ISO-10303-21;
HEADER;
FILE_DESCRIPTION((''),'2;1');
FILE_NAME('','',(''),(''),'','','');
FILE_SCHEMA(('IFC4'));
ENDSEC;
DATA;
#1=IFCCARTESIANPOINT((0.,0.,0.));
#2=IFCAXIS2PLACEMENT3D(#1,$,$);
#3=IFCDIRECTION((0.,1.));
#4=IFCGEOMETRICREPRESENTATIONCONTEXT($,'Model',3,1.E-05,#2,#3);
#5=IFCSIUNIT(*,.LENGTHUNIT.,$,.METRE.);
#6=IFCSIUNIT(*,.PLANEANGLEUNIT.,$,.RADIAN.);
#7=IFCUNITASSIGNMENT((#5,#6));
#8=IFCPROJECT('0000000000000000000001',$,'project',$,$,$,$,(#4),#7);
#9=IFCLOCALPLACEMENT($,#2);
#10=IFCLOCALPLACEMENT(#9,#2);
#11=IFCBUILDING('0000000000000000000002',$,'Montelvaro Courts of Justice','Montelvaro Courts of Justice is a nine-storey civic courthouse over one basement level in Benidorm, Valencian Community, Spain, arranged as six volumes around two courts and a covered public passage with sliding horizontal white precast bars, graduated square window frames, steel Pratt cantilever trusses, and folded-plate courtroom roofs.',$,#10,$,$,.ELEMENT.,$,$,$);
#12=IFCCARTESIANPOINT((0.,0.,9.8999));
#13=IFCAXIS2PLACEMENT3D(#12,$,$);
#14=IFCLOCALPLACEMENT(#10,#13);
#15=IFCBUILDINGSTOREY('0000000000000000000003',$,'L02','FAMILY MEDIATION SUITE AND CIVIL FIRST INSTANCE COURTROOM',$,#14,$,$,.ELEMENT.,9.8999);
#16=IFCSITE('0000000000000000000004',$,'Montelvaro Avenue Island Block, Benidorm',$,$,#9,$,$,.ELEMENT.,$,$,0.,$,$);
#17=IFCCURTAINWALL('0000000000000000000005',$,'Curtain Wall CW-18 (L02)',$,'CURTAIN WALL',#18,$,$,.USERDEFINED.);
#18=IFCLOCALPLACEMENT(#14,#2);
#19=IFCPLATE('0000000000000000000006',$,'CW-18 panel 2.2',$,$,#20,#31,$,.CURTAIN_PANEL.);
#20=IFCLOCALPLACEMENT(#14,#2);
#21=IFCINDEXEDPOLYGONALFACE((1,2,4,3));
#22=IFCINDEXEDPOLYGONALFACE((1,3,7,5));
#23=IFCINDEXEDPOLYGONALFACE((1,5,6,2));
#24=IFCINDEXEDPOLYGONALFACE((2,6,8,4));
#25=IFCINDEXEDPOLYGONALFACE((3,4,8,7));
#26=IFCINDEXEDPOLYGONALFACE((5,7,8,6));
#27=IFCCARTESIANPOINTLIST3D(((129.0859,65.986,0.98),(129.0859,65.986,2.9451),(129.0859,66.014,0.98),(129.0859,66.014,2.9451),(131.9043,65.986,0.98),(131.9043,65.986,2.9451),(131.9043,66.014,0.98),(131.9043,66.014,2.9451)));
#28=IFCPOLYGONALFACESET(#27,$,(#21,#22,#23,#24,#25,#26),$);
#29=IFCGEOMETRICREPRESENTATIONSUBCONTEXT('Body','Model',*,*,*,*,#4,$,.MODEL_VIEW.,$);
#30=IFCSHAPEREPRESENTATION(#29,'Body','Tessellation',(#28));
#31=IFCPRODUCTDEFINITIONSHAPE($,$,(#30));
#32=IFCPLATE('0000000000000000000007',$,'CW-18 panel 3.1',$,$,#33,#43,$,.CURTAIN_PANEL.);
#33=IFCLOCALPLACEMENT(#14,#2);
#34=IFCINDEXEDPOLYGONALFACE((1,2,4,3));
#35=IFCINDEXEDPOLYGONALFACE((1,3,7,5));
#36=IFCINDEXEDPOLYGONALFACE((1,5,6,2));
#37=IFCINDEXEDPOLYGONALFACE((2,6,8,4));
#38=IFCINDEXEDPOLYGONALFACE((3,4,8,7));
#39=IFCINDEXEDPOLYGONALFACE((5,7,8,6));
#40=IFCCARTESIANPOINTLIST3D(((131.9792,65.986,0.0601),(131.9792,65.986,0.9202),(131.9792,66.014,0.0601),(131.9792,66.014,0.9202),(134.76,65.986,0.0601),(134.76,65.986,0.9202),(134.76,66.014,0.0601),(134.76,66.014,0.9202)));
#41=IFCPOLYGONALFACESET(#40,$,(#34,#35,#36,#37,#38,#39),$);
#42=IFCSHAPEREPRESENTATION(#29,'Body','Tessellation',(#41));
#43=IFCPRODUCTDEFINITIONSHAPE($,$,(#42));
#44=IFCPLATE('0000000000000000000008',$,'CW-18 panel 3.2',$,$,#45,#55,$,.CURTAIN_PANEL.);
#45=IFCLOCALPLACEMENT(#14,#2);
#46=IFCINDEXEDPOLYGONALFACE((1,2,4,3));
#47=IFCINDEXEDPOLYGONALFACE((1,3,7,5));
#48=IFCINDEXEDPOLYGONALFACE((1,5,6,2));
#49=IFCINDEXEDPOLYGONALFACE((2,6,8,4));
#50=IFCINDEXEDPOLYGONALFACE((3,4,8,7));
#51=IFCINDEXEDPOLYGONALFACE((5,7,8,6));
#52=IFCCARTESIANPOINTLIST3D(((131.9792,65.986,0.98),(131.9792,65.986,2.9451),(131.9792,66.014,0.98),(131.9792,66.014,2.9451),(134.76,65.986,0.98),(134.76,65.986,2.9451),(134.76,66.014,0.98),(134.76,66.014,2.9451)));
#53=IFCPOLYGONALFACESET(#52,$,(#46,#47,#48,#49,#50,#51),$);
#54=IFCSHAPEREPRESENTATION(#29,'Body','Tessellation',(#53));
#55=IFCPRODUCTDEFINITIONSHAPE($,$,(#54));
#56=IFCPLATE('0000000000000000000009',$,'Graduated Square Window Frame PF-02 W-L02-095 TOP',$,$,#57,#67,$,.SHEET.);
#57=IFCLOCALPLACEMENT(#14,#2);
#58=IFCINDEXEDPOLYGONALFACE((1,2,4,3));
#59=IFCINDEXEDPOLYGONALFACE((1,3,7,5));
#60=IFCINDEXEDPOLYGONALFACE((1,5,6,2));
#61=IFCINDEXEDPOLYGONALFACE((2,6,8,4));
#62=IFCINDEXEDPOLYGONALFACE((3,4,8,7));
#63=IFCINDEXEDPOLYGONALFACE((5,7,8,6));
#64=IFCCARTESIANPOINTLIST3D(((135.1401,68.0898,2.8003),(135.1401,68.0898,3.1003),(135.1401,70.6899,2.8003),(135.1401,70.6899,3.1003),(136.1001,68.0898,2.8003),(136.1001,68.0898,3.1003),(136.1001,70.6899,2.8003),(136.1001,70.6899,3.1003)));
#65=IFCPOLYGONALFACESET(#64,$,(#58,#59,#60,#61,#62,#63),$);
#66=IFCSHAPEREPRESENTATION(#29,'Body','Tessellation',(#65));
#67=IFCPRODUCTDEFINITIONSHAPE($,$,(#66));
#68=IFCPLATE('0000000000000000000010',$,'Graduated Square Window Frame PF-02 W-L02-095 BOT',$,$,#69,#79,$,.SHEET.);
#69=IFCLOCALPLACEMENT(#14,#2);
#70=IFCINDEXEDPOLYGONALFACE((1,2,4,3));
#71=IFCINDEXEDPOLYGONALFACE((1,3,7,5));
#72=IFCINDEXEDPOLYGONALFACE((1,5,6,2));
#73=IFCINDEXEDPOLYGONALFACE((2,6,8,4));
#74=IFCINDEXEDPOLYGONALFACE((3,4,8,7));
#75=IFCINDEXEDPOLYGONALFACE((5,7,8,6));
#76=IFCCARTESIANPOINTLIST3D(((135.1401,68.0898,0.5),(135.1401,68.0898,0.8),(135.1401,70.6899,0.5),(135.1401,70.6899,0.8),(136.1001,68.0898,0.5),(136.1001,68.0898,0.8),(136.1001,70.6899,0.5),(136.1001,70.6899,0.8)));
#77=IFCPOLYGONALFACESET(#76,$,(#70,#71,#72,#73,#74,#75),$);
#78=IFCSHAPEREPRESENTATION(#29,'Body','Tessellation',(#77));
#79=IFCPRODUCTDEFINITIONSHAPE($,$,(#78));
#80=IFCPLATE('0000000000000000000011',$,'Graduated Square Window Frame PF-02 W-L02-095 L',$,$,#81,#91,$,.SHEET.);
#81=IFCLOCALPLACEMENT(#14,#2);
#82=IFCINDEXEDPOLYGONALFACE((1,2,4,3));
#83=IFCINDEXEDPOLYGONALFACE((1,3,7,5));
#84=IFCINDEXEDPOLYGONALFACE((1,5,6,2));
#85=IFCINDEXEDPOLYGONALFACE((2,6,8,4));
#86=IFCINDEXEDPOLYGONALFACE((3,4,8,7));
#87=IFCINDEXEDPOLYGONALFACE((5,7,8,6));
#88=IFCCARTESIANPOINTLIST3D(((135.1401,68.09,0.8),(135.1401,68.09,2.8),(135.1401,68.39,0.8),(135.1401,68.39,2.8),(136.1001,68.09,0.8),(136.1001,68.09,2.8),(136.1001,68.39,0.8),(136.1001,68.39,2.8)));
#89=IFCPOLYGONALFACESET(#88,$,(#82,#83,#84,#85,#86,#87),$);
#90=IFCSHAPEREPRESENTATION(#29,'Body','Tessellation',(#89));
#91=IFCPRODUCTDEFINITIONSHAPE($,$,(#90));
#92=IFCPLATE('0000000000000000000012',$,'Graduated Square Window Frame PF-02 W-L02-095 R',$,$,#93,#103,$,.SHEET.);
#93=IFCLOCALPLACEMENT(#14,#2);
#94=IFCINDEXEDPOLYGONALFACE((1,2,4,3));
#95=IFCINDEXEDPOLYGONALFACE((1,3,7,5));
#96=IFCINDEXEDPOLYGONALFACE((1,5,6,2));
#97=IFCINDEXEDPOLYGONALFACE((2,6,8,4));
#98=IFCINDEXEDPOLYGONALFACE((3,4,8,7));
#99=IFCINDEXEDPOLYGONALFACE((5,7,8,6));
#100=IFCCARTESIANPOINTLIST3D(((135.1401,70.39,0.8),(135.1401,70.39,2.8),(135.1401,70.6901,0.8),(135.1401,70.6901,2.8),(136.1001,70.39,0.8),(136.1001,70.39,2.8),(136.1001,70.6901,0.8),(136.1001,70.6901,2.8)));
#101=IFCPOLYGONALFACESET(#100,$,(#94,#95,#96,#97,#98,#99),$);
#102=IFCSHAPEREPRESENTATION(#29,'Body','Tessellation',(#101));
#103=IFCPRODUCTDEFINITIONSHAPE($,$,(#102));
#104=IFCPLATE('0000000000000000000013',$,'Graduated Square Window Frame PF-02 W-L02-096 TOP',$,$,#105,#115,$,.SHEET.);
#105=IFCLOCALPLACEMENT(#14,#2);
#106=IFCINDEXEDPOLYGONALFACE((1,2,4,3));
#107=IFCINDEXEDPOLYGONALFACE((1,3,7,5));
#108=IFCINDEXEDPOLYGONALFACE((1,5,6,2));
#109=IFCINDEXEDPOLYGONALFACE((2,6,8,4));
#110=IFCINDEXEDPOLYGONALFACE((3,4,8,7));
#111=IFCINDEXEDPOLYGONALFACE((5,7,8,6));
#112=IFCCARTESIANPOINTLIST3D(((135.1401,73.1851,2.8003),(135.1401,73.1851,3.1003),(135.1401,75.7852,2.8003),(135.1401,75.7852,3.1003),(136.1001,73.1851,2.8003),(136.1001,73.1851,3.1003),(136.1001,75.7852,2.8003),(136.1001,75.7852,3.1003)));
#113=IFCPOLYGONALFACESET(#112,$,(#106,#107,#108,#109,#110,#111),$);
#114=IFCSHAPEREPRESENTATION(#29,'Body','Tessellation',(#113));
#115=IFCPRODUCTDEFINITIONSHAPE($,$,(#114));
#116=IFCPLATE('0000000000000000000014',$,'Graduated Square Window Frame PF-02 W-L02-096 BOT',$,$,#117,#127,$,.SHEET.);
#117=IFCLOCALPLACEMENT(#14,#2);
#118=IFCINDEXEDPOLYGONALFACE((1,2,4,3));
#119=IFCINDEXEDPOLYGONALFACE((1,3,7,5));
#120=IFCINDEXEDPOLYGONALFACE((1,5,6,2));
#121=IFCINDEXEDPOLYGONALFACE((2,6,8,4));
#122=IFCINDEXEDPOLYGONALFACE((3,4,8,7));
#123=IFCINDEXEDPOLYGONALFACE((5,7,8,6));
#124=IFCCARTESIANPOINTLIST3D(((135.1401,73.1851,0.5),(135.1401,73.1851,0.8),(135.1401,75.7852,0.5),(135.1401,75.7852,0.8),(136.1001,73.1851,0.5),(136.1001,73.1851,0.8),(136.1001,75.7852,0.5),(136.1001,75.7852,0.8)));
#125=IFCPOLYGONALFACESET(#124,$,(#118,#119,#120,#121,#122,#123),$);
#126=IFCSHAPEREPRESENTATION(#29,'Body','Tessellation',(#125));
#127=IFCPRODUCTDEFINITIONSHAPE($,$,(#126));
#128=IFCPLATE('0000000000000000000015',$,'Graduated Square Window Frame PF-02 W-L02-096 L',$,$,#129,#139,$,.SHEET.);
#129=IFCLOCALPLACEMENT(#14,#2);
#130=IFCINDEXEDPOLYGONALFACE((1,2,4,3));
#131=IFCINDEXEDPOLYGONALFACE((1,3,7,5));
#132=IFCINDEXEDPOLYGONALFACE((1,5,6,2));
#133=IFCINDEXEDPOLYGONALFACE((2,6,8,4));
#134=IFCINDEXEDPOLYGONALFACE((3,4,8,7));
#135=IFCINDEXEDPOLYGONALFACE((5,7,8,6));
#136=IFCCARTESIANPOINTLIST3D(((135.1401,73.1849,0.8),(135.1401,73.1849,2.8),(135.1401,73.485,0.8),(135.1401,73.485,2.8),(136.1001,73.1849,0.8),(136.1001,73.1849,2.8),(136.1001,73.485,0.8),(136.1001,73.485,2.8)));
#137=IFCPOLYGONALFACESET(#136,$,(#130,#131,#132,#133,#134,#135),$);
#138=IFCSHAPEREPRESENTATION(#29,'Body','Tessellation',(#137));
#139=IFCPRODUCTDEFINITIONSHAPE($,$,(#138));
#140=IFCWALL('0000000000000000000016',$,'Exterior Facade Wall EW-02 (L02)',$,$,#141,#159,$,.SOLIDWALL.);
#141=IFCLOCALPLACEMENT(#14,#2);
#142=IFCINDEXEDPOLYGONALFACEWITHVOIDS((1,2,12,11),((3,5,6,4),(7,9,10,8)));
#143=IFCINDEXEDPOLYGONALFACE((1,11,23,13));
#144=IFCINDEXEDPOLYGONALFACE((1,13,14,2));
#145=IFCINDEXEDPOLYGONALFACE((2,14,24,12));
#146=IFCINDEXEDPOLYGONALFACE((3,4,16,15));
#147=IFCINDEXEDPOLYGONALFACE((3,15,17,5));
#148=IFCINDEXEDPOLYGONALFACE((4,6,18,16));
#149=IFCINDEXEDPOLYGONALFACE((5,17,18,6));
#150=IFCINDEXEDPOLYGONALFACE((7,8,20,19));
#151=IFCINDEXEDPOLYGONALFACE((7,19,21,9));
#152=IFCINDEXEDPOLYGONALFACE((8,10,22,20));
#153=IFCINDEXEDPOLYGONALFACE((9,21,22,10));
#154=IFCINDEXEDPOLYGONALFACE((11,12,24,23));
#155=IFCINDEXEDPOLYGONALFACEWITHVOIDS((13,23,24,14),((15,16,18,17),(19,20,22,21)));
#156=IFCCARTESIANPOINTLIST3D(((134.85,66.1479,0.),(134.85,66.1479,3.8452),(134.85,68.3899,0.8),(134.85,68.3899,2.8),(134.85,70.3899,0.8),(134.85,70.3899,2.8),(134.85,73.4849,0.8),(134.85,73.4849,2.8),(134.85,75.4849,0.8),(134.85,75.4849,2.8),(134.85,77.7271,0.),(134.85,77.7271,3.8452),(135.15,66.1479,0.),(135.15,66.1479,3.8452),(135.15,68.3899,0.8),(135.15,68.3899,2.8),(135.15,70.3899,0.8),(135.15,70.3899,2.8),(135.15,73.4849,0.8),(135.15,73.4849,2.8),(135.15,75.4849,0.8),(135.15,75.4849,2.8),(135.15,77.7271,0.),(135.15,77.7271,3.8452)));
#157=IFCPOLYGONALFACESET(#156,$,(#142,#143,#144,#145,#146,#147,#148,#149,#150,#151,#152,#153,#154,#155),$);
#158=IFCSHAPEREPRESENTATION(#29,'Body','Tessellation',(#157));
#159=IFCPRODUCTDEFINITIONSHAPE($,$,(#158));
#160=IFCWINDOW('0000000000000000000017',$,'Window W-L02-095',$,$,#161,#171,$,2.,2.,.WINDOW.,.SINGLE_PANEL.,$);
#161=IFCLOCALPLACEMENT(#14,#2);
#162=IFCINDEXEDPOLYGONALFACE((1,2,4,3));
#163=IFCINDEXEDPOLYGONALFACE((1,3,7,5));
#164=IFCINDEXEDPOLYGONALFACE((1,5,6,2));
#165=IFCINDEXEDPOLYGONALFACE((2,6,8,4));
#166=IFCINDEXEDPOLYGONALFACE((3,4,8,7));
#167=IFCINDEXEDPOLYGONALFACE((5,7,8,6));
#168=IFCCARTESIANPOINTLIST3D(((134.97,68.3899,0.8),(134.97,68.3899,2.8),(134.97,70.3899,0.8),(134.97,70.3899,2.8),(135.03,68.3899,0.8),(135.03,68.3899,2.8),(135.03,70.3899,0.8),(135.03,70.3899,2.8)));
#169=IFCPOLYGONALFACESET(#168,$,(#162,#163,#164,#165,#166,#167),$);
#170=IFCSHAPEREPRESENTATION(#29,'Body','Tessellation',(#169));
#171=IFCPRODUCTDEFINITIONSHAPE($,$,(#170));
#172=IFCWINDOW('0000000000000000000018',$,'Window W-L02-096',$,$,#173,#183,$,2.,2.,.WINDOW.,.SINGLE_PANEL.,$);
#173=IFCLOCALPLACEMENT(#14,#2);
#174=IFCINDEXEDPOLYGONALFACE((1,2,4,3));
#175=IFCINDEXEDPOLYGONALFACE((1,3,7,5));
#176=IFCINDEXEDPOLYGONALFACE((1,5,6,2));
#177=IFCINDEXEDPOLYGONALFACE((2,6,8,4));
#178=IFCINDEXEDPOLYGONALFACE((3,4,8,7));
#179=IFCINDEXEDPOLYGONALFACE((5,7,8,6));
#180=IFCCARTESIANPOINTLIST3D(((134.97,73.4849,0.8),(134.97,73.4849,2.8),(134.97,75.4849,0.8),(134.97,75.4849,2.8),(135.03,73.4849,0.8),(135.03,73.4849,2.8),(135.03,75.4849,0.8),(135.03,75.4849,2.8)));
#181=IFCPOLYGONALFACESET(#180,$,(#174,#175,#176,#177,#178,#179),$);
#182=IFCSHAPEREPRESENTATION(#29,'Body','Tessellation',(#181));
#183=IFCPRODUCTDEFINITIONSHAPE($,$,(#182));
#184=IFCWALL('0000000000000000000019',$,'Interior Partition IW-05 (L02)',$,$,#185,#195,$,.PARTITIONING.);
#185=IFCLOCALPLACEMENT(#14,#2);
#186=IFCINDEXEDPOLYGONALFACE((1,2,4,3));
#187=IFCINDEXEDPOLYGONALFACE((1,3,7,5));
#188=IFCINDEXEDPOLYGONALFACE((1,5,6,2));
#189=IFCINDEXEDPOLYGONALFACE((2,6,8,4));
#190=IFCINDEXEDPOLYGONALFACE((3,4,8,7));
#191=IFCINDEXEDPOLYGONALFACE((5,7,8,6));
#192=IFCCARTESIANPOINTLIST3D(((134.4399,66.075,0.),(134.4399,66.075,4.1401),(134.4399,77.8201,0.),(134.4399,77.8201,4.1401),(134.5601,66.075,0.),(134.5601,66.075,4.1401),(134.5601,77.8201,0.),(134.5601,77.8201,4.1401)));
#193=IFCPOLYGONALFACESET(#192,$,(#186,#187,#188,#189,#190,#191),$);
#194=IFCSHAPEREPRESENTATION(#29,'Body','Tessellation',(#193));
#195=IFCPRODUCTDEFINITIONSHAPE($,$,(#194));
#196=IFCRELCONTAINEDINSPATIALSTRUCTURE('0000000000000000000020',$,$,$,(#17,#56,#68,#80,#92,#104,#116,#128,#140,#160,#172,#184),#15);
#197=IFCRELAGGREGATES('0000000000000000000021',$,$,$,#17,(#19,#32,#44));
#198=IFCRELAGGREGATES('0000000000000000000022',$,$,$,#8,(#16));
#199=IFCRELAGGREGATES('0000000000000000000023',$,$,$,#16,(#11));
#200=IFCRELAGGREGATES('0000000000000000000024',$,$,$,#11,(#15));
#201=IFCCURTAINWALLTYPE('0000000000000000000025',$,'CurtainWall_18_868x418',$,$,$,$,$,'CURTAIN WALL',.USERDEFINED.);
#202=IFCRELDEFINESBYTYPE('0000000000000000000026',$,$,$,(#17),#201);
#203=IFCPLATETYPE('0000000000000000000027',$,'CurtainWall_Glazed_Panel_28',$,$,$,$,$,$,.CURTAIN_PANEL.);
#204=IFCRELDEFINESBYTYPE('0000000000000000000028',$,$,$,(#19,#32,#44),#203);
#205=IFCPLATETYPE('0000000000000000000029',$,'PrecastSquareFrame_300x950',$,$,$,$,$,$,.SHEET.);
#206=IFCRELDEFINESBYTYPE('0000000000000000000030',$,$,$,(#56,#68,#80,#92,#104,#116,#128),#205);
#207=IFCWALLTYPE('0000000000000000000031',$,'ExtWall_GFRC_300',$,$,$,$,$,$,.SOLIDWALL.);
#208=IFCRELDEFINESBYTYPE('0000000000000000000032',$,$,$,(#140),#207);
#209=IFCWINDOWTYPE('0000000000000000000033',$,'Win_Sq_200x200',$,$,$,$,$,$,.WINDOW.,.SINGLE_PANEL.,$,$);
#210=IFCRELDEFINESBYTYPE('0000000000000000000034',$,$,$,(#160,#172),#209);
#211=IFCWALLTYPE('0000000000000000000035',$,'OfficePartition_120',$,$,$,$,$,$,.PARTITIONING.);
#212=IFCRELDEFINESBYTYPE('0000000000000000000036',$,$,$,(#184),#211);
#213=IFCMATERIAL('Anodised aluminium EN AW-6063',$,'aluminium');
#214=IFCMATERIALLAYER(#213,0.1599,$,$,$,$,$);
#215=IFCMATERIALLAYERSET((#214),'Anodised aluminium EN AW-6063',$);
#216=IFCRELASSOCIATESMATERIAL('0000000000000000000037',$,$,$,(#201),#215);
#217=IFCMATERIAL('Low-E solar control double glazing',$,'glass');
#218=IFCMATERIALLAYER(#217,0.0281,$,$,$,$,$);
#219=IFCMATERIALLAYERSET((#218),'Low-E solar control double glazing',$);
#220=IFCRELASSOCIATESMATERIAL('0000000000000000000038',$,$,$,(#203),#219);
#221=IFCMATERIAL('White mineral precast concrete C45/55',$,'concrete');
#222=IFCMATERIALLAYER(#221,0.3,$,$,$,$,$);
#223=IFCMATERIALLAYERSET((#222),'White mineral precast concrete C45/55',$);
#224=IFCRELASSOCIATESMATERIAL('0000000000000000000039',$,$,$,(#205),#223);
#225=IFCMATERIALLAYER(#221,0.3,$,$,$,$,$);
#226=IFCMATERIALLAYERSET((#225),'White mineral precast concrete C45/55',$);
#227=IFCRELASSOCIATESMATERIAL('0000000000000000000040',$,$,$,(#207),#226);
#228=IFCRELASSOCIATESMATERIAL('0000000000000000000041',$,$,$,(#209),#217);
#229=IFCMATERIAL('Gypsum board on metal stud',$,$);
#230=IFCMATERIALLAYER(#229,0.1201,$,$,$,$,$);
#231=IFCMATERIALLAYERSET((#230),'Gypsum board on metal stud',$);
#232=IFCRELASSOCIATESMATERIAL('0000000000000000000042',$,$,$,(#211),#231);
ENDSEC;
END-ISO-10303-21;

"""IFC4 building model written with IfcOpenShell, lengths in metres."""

from ifc_helpers import new_model, si_unit, direction, frame, frame_2d, origin, origin_2d, place, context, subcontext, project, spatial, rectangle, extrude, material, layer, layer_set, type_object, element, fill, aggregate, save


model = new_model("IFC4")

# Units and contexts
model_context = context("Model", 3, precision=1e-05, world=origin(), true_north=direction((0.0, 1.0)))
body_context = subcontext(model_context, "Body", "Model", "MODEL_VIEW")
ifc_project = project(units=[si_unit("LENGTHUNIT", "METRE"), si_unit("PLANEANGLEUNIT", "RADIAN")], contexts=[model_context])

# Site, building, storey
site_placement = place(None, origin())
site = spatial("IfcSite", under=ifc_project, at=site_placement, Name="Montelvaro Avenue Island Block, Benidorm", CompositionType="ELEMENT", RefElevation=0.0)
building_placement = place(site_placement, origin())
building = spatial("IfcBuilding", under=site, at=building_placement, Name="Montelvaro Courts of Justice", Description="Montelvaro Courts of Justice is a nine-storey civic courthouse over one basement level in Benidorm, Valencian Community, Spain, arranged as six volumes around two courts and a covered public passage with sliding horizontal white precast bars, graduated square window frames, steel Pratt cantilever trusses, and folded-plate courtroom roofs.", CompositionType="ELEMENT")
storey_placement = place(building_placement, frame((0.0, 0.0, 9.8999)))
storey = spatial("IfcBuildingStorey", under=building, at=storey_placement, Name="L02", Description="FAMILY MEDIATION SUITE AND CIVIL FIRST INSTANCE COURTROOM", CompositionType="ELEMENT", Elevation=9.8999)

# Shared definitions
ifc_material_1 = material(Name="Anodised aluminium EN AW-6063", Category="aluminium")

# Curtain wall
ifc_layer_1 = layer(ifc_material_1, 0.1599)
ifc_layer_set_1 = layer_set([ifc_layer_1], Name="Anodised aluminium EN AW-6063")
curtain_wall_type_1 = type_object("IfcCurtainWallType", Name="CurtainWall_18_868x418", ElementType="CURTAIN WALL", PredefinedType="USERDEFINED", material=ifc_layer_set_1)
curtain_wall_1_placement = place(storey_placement, origin())
curtain_wall_1 = element("IfcCurtainWall", 1, at=curtain_wall_1_placement, inside=storey, type_object=curtain_wall_type_1, Name="Curtain Wall CW-18 (L02)", ObjectType="CURTAIN WALL", PredefinedType="USERDEFINED")

# Plates
ifc_material_2 = material(Name="Low-E solar control double glazing", Category="glass")
ifc_layer_2 = layer(ifc_material_2, 0.0281)
ifc_layer_set_2 = layer_set([ifc_layer_2], Name="Low-E solar control double glazing")
plate_type_1 = type_object("IfcPlateType", Name="CurtainWall_Glazed_Panel_28", PredefinedType="CURTAIN_PANEL", material=ifc_layer_set_2)
plate_1_placement = place(storey_placement, frame((130.4951, 66.0, 0.98), z_axis=(0.0, 0.0, 1.0), x_axis=(1.0, 0.0, 0.0)))
plate_1 = element("IfcPlate", 2, at=plate_1_placement, type_object=plate_type_1, Name="CW-18 panel 2.2", PredefinedType="CURTAIN_PANEL", context=body_context, shape_type="SweptSolid", body=[
    extrude(rectangle(XDim=2.8184, YDim=0.0281, at=origin_2d()), origin(), (0.0, 0.0, 1.0), 1.9651),
])
plate_2_placement = place(storey_placement, frame((133.3696, 66.0, 0.0601), z_axis=(0.0, 0.0, 1.0), x_axis=(1.0, 0.0, 0.0)))
plate_2 = element("IfcPlate", 3, at=plate_2_placement, type_object=plate_type_1, Name="CW-18 panel 3.1", PredefinedType="CURTAIN_PANEL", context=body_context, shape_type="SweptSolid", body=[
    extrude(rectangle(XDim=2.7808, YDim=0.0281, at=origin_2d()), origin(), (0.0, 0.0, 1.0), 0.8601),
])
plate_3_placement = place(storey_placement, frame((133.3696, 66.0, 0.98), z_axis=(0.0, 0.0, 1.0), x_axis=(1.0, 0.0, 0.0)))
plate_3 = element("IfcPlate", 4, at=plate_3_placement, type_object=plate_type_1, Name="CW-18 panel 3.2", PredefinedType="CURTAIN_PANEL", context=body_context, shape_type="SweptSolid", body=[
    extrude(rectangle(XDim=2.7808, YDim=0.0281, at=origin_2d()), origin(), (0.0, 0.0, 1.0), 1.9651),
])
aggregate(curtain_wall_1, [plate_1, plate_2, plate_3])

# Plates
ifc_material_3 = material(Name="White mineral precast concrete C45/55", Category="concrete")
ifc_layer_3 = layer(ifc_material_3, 0.3)
ifc_layer_set_3 = layer_set([ifc_layer_3], Name="White mineral precast concrete C45/55")
plate_type_2 = type_object("IfcPlateType", Name="PrecastSquareFrame_300x950", PredefinedType="SHEET", material=ifc_layer_set_3)
for number, where, z_axis, x_axis, name in (
    (5, (135.6201, 69.3899, 2.8003), (0.0, 0.0, 1.0), (0.0, 1.0, 0.0), "Graduated Square Window Frame PF-02 W-L02-095 TOP"),
    (6, (135.6201, 69.3899, 0.5), (0.0, 0.0, 1.0), (0.0, 1.0, 0.0), "Graduated Square Window Frame PF-02 W-L02-095 BOT"),
):
    element("IfcPlate", number, at=place(storey_placement, frame(where, z_axis=z_axis, x_axis=x_axis)), inside=storey, type_object=plate_type_2, Name=name, PredefinedType="SHEET", context=body_context, shape_type="SweptSolid", body=[
        extrude(rectangle(XDim=2.6001, YDim=0.96, at=origin_2d()), origin(), (0.0, 0.0, 1.0), 0.3),
    ])
for number, where, z_axis, x_axis, name in (
    (7, (135.6201, 68.24, 0.8), (0.0, 0.0, 1.0), (0.0, 1.0, 0.0), "Graduated Square Window Frame PF-02 W-L02-095 L"),
    (8, (135.6201, 70.54, 0.8), (0.0, 0.0, 1.0), (0.0, 1.0, 0.0), "Graduated Square Window Frame PF-02 W-L02-095 R"),
):
    element("IfcPlate", number, at=place(storey_placement, frame(where, z_axis=z_axis, x_axis=x_axis)), inside=storey, type_object=plate_type_2, Name=name, PredefinedType="SHEET", context=body_context, shape_type="SweptSolid", body=[
        extrude(rectangle(XDim=0.3, YDim=0.96, at=origin_2d()), origin(), (0.0, 0.0, 1.0), 2.0),
    ])
for number, where, z_axis, x_axis, name in (
    (9, (135.6201, 74.4851, 2.8003), (0.0, 0.0, 1.0), (0.0, 1.0, 0.0), "Graduated Square Window Frame PF-02 W-L02-096 TOP"),
    (10, (135.6201, 74.4851, 0.5), (0.0, 0.0, 1.0), (0.0, 1.0, 0.0), "Graduated Square Window Frame PF-02 W-L02-096 BOT"),
):
    element("IfcPlate", number, at=place(storey_placement, frame(where, z_axis=z_axis, x_axis=x_axis)), inside=storey, type_object=plate_type_2, Name=name, PredefinedType="SHEET", context=body_context, shape_type="SweptSolid", body=[
        extrude(rectangle(XDim=2.6001, YDim=0.96, at=origin_2d()), origin(), (0.0, 0.0, 1.0), 0.3),
    ])
plate_4_placement = place(storey_placement, frame((135.6201, 73.335, 0.8), z_axis=(0.0, 0.0, 1.0), x_axis=(0.0, 1.0, 0.0)))
element("IfcPlate", 11, at=plate_4_placement, inside=storey, type_object=plate_type_2, Name="Graduated Square Window Frame PF-02 W-L02-096 L", PredefinedType="SHEET", context=body_context, shape_type="SweptSolid", body=[
    extrude(rectangle(XDim=0.3, YDim=0.96, at=origin_2d()), origin(), (0.0, 0.0, 1.0), 2.0),
])

# Wall, openings, windows
ifc_layer_4 = layer(ifc_material_3, 0.3)
ifc_layer_set_4 = layer_set([ifc_layer_4], Name="White mineral precast concrete C45/55")
wall_type_1 = type_object("IfcWallType", Name="ExtWall_GFRC_300", PredefinedType="SOLIDWALL", material=ifc_layer_set_4)
wall_1_placement = place(storey_placement, frame((135.0, 66.1479, 0.0), z_axis=(0.0, 0.0, 1.0), x_axis=(0.0, 1.0, 0.0)))
wall_1 = element("IfcWall", 12, at=wall_1_placement, inside=storey, type_object=wall_type_1, Name="Exterior Facade Wall EW-02 (L02)", PredefinedType="SOLIDWALL", context=body_context, shape_type="SweptSolid", body=[
    extrude(rectangle(XDim=11.5791, YDim=0.3, at=frame_2d((5.7896, 0.0))), origin(), (0.0, 0.0, 1.0), 3.8452),
])
opening_1_placement = place(wall_1_placement, frame((2.2419, 0.0, 0.8)))
opening_1 = element("IfcOpeningElement", 13, at=opening_1_placement, cuts=wall_1, PredefinedType="OPENING", context=body_context, shape_type="SweptSolid", body=[
    extrude(rectangle(XDim=2.0, YDim=2.0, at=frame_2d((1.0, 1.0))), frame((0.0, 0.165, 0.0), z_axis=(0.0, -1.0, 0.0), x_axis=(1.0, 0.0, 0.0)), (0.0, 0.0, 1.0), 0.3298),
])
opening_2_placement = place(wall_1_placement, frame((7.3369, 0.0, 0.8)))
opening_2 = element("IfcOpeningElement", 14, at=opening_2_placement, cuts=wall_1, PredefinedType="OPENING", context=body_context, shape_type="SweptSolid", body=[
    extrude(rectangle(XDim=2.0, YDim=2.0, at=frame_2d((1.0, 1.0))), frame((0.0, 0.165, 0.0), z_axis=(0.0, -1.0, 0.0), x_axis=(1.0, 0.0, 0.0)), (0.0, 0.0, 1.0), 0.3298),
])
window_type = type_object("IfcWindowType", Name="Win_Sq_200x200", PartitioningType="SINGLE_PANEL", PredefinedType="WINDOW", material=ifc_material_2)
window_1_placement = place(opening_1_placement, origin())
window_1 = element("IfcWindow", 15, at=window_1_placement, inside=storey, type_object=window_type, Name="Window W-L02-095", OverallHeight=2.0, OverallWidth=2.0, PartitioningType="SINGLE_PANEL", PredefinedType="WINDOW", context=body_context, shape_type="SweptSolid", body=[
    extrude(rectangle(XDim=2.0, YDim=2.0, at=frame_2d((1.0, 1.0))), frame((0.0, 0.03, 0.0), z_axis=(0.0, -1.0, 0.0), x_axis=(1.0, 0.0, 0.0)), (0.0, 0.0, 1.0), 0.0601),
])
fill(opening_1, window_1)
window_2_placement = place(opening_2_placement, origin())
window_2 = element("IfcWindow", 16, at=window_2_placement, inside=storey, type_object=window_type, Name="Window W-L02-096", OverallHeight=2.0, OverallWidth=2.0, PartitioningType="SINGLE_PANEL", PredefinedType="WINDOW", context=body_context, shape_type="SweptSolid", body=[
    extrude(rectangle(XDim=2.0, YDim=2.0, at=frame_2d((1.0, 1.0))), frame((0.0, 0.03, 0.0), z_axis=(0.0, -1.0, 0.0), x_axis=(1.0, 0.0, 0.0)), (0.0, 0.0, 1.0), 0.0601),
])
fill(opening_2, window_2)

# Wall
ifc_material_4 = material(Name="Gypsum board on metal stud")
ifc_layer_5 = layer(ifc_material_4, 0.1201)
ifc_layer_set_5 = layer_set([ifc_layer_5], Name="Gypsum board on metal stud")
wall_type_2 = type_object("IfcWallType", Name="OfficePartition_120", PredefinedType="PARTITIONING", material=ifc_layer_set_5)
wall_2_placement = place(storey_placement, frame((134.5, 77.8201, 0.0), z_axis=(0.0, 0.0, 1.0), x_axis=(0.0, -1.0, 0.0)))
element("IfcWall", 17, at=wall_2_placement, inside=storey, type_object=wall_type_2, Name="Interior Partition IW-05 (L02)", PredefinedType="PARTITIONING", context=body_context, shape_type="SweptSolid", body=[
    extrude(rectangle(XDim=11.7451, YDim=0.1201, at=frame_2d((5.8726, 0.0))), origin(), (0.0, 0.0, 1.0), 4.1401),
])

save(model, "model.ifc")
